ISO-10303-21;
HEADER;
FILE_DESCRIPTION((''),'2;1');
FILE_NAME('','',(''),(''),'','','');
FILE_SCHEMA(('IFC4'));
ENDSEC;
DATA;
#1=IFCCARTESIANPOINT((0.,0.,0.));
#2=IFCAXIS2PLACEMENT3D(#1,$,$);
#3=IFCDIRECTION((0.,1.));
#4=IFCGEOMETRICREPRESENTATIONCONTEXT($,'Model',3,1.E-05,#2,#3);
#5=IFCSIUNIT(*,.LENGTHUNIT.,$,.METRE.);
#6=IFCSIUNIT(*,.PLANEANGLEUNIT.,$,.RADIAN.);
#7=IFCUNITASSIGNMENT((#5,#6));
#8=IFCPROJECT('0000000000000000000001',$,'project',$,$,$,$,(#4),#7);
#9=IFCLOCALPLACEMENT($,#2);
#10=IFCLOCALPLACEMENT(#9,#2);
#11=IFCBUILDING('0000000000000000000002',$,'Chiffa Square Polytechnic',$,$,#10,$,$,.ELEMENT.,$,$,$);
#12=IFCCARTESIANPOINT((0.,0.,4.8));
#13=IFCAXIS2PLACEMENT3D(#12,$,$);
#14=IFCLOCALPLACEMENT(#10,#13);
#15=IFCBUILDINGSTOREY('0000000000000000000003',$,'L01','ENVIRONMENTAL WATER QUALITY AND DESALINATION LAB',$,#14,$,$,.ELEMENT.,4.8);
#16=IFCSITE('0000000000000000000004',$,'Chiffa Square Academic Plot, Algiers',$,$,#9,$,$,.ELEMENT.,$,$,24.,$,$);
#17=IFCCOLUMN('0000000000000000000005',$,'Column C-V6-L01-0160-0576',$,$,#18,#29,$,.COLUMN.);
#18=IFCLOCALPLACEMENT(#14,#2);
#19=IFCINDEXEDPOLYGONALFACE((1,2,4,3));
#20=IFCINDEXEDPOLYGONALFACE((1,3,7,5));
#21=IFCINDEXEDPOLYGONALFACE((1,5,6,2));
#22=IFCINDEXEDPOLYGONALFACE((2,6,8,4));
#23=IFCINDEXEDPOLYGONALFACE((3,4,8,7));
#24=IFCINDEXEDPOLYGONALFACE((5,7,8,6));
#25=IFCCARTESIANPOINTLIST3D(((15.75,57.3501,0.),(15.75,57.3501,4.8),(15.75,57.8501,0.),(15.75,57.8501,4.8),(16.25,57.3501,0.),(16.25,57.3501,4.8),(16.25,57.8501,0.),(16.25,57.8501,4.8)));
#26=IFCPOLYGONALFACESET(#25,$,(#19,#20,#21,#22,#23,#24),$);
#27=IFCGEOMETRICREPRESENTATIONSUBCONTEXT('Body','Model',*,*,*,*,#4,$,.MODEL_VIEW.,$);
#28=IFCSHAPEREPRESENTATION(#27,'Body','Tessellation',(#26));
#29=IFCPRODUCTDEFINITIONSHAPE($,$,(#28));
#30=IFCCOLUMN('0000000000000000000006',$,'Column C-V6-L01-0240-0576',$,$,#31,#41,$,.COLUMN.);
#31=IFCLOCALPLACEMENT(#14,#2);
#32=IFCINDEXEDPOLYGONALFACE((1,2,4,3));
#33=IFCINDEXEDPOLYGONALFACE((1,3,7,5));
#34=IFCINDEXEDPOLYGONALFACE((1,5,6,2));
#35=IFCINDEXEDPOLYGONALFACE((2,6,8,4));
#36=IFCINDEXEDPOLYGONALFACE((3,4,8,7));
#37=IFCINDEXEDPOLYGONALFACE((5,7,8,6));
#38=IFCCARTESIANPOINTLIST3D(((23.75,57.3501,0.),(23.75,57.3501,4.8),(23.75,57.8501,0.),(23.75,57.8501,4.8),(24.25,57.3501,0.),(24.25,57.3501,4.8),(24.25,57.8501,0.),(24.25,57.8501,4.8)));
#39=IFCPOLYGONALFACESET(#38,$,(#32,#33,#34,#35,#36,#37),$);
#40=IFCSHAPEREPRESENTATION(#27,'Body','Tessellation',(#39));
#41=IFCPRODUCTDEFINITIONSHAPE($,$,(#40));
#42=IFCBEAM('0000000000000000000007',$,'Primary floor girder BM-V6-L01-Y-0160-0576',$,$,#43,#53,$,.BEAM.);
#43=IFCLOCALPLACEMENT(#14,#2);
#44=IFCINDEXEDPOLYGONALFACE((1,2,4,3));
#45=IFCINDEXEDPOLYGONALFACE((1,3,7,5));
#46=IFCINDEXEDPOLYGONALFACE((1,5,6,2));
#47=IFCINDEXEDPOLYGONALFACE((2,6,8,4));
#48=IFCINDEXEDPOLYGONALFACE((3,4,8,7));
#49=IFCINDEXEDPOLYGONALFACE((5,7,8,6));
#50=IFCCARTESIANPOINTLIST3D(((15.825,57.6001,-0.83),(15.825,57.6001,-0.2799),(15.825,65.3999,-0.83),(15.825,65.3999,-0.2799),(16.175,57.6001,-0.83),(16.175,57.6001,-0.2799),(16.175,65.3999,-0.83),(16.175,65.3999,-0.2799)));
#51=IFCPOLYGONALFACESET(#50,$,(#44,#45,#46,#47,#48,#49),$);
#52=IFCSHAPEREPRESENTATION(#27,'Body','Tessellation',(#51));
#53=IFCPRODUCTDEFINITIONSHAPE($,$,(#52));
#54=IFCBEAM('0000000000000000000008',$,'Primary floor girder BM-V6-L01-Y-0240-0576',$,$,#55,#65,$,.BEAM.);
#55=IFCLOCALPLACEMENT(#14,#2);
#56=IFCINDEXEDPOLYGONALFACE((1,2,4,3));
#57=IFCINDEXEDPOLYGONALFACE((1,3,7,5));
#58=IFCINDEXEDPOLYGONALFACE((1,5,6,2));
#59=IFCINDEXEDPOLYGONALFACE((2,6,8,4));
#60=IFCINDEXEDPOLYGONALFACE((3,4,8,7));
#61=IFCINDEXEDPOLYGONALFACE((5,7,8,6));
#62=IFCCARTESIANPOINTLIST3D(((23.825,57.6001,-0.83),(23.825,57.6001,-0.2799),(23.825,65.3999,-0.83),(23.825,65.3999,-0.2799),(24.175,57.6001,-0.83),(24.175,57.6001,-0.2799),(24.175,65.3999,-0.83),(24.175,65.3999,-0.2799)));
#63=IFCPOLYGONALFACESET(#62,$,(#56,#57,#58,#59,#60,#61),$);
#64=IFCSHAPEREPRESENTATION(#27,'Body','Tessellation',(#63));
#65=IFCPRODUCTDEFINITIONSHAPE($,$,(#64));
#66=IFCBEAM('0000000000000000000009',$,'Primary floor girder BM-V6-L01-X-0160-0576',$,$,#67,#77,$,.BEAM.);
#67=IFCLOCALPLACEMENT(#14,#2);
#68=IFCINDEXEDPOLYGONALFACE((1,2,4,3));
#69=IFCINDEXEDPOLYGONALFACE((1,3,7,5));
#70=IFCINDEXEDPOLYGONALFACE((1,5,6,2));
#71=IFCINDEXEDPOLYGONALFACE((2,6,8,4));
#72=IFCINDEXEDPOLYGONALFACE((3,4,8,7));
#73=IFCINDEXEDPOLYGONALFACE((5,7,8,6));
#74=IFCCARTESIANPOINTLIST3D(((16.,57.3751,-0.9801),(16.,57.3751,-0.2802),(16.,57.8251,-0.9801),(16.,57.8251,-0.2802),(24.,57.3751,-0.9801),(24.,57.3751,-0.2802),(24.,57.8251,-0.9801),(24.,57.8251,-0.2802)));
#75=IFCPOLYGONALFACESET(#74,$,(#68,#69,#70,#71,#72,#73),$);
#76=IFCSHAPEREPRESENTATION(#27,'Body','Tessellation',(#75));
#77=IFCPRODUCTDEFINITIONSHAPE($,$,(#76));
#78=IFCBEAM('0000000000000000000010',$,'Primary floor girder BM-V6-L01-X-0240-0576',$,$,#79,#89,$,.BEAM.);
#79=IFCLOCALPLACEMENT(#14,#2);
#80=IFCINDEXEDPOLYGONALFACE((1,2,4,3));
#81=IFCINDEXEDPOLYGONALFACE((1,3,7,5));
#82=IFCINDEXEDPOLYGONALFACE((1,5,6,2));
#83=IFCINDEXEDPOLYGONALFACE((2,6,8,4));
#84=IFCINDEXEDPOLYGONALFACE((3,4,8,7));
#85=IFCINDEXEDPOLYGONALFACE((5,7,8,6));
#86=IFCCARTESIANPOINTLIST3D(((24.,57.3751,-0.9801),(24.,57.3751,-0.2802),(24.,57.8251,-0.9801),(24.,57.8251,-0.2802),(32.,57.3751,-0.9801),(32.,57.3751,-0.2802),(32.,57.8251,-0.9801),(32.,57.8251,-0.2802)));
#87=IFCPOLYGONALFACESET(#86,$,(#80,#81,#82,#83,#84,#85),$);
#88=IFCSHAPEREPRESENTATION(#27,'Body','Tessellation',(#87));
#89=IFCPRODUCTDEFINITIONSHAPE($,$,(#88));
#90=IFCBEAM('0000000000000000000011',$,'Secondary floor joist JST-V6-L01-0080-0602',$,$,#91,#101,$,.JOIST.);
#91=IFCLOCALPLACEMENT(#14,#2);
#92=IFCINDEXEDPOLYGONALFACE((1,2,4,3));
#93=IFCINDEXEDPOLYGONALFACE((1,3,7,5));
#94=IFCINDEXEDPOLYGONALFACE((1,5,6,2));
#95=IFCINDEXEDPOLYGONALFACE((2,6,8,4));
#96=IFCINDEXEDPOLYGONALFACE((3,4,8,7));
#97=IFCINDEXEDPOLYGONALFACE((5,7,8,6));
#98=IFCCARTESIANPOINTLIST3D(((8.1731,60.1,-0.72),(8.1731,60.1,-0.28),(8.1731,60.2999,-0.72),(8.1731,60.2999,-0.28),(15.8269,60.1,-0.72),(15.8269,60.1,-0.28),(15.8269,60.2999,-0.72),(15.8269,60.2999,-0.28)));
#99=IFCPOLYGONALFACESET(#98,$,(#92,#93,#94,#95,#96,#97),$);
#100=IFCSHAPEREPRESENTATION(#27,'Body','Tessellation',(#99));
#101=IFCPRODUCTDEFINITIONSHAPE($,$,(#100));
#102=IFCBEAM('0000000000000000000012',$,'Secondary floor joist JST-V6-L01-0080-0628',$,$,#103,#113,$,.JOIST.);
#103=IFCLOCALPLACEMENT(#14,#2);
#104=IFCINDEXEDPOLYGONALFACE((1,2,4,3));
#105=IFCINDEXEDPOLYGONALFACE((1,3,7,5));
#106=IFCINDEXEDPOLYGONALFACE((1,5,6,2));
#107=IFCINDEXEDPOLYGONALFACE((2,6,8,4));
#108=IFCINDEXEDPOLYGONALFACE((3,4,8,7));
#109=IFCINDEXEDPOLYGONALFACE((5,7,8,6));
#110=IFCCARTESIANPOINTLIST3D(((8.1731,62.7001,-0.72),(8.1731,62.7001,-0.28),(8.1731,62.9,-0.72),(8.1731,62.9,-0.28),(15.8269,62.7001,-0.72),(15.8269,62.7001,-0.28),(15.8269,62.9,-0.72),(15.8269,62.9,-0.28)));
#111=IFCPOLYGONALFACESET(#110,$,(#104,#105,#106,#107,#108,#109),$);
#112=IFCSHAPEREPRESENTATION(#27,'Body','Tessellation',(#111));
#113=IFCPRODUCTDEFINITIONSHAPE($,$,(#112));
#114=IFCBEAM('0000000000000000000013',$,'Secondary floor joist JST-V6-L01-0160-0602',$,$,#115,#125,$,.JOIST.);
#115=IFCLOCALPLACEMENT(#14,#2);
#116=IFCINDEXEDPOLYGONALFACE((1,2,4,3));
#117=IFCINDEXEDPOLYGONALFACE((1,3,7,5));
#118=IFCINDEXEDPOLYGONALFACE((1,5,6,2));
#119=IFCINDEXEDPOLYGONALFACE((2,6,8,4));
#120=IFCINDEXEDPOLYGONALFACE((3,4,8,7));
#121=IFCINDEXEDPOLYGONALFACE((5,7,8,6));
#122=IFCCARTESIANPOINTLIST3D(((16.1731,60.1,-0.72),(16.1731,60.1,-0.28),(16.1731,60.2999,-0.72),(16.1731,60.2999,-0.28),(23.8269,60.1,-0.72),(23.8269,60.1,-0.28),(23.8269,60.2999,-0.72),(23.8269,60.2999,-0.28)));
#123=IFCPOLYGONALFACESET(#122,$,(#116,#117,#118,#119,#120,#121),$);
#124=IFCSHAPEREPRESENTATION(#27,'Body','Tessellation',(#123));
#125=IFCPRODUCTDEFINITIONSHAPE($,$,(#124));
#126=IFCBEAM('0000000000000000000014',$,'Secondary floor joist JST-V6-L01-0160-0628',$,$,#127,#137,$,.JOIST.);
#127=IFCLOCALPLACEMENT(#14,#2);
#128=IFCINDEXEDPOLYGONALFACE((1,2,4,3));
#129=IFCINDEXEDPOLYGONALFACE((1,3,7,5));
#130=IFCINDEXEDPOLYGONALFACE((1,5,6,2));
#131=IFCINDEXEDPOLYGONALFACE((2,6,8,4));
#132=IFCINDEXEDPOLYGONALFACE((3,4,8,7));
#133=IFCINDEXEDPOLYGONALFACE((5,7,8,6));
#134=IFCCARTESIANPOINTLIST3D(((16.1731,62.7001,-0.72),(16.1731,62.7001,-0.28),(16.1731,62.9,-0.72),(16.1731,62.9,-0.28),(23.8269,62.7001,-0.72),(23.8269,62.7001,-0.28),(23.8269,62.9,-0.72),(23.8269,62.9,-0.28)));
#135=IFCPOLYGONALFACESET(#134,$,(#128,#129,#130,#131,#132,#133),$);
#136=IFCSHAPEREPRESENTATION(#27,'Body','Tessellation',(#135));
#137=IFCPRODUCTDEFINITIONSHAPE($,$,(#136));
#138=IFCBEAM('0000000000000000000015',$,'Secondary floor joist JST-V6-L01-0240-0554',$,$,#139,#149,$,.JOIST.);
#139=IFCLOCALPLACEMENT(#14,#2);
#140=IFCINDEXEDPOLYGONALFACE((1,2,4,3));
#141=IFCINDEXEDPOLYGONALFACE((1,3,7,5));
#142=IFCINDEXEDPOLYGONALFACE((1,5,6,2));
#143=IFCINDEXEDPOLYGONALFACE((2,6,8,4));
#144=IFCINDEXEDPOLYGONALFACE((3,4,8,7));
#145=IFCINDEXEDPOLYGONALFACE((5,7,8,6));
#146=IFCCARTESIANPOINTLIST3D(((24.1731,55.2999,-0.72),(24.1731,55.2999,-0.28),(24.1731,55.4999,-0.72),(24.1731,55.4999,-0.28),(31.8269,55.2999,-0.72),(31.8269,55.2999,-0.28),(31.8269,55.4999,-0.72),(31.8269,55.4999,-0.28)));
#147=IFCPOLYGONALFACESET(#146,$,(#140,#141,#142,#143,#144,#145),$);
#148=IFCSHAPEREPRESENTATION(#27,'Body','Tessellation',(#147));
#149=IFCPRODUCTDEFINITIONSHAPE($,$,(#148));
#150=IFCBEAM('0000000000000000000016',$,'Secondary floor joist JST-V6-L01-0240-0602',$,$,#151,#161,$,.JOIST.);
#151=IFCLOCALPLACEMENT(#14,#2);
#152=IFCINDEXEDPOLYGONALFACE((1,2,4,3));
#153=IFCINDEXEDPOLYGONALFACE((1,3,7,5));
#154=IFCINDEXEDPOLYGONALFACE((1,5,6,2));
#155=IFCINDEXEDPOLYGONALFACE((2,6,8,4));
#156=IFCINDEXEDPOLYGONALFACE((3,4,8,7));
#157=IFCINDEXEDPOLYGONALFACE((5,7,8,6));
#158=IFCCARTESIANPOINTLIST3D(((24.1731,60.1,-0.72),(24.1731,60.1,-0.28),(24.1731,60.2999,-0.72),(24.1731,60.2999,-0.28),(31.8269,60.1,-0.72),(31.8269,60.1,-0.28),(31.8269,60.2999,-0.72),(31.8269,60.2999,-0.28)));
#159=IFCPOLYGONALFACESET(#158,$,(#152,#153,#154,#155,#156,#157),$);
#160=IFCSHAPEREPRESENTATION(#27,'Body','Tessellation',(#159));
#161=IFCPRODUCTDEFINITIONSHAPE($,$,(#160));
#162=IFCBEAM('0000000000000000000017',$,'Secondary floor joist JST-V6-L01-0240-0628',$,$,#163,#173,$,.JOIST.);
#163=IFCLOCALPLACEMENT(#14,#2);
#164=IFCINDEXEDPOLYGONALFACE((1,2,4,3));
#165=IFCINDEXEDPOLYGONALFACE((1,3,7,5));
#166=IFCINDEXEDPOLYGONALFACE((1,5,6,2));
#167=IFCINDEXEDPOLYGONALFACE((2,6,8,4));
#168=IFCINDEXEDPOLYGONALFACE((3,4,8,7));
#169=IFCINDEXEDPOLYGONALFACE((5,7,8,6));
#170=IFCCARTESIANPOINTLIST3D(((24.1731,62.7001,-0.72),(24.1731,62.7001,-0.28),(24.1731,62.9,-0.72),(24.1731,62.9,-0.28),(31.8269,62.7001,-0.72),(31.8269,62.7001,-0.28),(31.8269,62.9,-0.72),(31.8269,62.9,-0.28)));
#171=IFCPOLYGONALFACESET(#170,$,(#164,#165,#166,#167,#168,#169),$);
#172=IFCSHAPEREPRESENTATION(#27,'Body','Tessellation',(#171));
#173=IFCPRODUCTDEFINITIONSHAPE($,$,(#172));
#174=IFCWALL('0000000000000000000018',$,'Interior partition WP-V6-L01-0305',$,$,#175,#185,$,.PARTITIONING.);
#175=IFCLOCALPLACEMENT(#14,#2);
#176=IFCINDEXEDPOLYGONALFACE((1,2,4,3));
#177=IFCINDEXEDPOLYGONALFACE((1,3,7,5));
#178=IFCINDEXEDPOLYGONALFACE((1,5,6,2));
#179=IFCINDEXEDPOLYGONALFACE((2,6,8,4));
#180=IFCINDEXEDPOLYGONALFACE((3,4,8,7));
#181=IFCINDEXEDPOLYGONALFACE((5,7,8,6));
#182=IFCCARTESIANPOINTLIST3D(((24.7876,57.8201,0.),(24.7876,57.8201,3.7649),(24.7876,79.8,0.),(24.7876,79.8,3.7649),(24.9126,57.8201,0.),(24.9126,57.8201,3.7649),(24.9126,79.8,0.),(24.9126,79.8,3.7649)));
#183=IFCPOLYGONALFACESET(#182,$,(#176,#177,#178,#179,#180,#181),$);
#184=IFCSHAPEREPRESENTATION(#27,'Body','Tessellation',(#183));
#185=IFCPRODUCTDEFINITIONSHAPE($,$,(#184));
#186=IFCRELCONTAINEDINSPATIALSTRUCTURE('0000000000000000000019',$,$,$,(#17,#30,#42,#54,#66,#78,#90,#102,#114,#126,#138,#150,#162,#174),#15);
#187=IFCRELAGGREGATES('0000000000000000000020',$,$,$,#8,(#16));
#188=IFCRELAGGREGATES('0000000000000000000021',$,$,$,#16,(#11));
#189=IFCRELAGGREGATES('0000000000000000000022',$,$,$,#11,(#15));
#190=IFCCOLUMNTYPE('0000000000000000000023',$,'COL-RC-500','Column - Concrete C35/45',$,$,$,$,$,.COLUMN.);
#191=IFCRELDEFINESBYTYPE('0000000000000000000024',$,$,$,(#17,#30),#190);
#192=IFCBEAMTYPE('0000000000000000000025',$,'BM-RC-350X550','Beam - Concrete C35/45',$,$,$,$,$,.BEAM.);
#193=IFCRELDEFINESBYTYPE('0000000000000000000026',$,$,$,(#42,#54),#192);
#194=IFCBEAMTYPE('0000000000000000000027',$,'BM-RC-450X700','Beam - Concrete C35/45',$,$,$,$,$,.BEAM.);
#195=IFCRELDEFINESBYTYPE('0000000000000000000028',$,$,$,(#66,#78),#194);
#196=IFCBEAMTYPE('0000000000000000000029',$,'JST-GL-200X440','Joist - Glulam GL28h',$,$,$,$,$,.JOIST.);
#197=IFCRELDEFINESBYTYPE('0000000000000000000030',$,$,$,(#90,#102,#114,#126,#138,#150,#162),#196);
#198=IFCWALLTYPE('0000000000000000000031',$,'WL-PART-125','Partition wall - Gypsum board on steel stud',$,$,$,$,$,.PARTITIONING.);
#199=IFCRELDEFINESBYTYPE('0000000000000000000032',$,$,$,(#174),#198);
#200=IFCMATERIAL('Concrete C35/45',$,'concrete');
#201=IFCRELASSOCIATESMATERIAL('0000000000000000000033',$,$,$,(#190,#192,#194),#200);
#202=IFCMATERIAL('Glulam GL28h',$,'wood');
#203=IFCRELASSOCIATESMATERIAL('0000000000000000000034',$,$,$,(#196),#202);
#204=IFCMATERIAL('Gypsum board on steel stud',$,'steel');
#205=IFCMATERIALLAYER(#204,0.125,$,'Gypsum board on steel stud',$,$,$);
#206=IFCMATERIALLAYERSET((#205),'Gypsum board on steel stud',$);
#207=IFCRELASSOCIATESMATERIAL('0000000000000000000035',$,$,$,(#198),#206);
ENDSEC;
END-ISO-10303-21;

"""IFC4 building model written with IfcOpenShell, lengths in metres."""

from ifc_helpers import new_model, si_unit, direction, frame, frame_2d, origin, origin_2d, place, context, subcontext, project, spatial, rectangle, extrude, material, layer, layer_set, material_profile, profile_set, type_object, element, save


model = new_model("IFC4")

# Units and contexts
model_context = context("Model", 3, precision=1e-05, world=origin(), true_north=direction((0.0, 1.0)))
body_context = subcontext(model_context, "Body", "Model", "MODEL_VIEW")
ifc_project = project(units=[si_unit("LENGTHUNIT", "METRE"), si_unit("PLANEANGLEUNIT", "RADIAN")], contexts=[model_context])

# Site, building, storey
site_placement = place(None, origin())
site = spatial("IfcSite", under=ifc_project, at=site_placement, Name="Chiffa Square Academic Plot, Algiers", CompositionType="ELEMENT", RefElevation=24.0)
building_placement = place(site_placement, origin())
building = spatial("IfcBuilding", under=site, at=building_placement, Name="Chiffa Square Polytechnic", CompositionType="ELEMENT")
storey_placement = place(building_placement, frame((0.0, 0.0, 4.8)))
storey = spatial("IfcBuildingStorey", under=building, at=storey_placement, Name="L01", Description="ENVIRONMENTAL WATER QUALITY AND DESALINATION LAB", CompositionType="ELEMENT", Elevation=4.8)

# Columns
ifc_material_1 = material(Name="Concrete C35/45", Category="concrete")
ifc_material_profile_1 = material_profile(ifc_material_1, rectangle(XDim=0.5, YDim=0.5, at=origin_2d()), Name="RC 500x500")
ifc_profile_set_1 = profile_set([ifc_material_profile_1], Name="Concrete C35/45")
column_type = type_object("IfcColumnType", Name="COL-RC-500", Description="Column - Concrete C35/45", PredefinedType="COLUMN", material=ifc_profile_set_1)
for number, where, z_axis, x_axis, name in (
    (1, (16.0, 57.6001, 0.0), (0.0, 0.0, 1.0), (1.0, 0.0, 0.0), "Column C-V6-L01-0160-0576"),
    (2, (24.0, 57.6001, 0.0), (0.0, 0.0, 1.0), (1.0, 0.0, 0.0), "Column C-V6-L01-0240-0576"),
):
    element("IfcColumn", number, at=place(storey_placement, frame(where, z_axis=z_axis, x_axis=x_axis)), inside=storey, type_object=column_type, Name=name, PredefinedType="COLUMN", context=body_context, shape_type="SweptSolid", body=[
        extrude(rectangle(XDim=0.5, YDim=0.5, at=origin_2d()), origin(), (0.0, 0.0, 1.0), 4.8),
    ])

# Beams
ifc_material_profile_2 = material_profile(ifc_material_1, rectangle(XDim=0.3501, YDim=0.55, at=origin_2d()), Name="RC 350x550")
ifc_profile_set_2 = profile_set([ifc_material_profile_2], Name="Concrete C35/45")
beam_type_1 = type_object("IfcBeamType", Name="BM-RC-350X550", Description="Beam - Concrete C35/45", PredefinedType="BEAM", material=ifc_profile_set_2)
for number, where, z_axis, x_axis, name in (
    (3, (16.0, 57.6001, -0.5549), (0.0, 1.0, 0.0), (-1.0, 0.0, 0.0), "Primary floor girder BM-V6-L01-Y-0160-0576"),
    (4, (24.0, 57.6001, -0.5549), (0.0, 1.0, 0.0), (-1.0, 0.0, 0.0), "Primary floor girder BM-V6-L01-Y-0240-0576"),
):
    element("IfcBeam", number, at=place(storey_placement, frame(where, z_axis=z_axis, x_axis=x_axis)), inside=storey, type_object=beam_type_1, Name=name, PredefinedType="BEAM", context=body_context, shape_type="SweptSolid", body=[
        extrude(rectangle(XDim=0.3501, YDim=0.55, at=origin_2d()), origin(), (0.0, 0.0, 1.0), 7.7998),
    ])
ifc_material_profile_3 = material_profile(ifc_material_1, rectangle(XDim=0.45, YDim=0.7, at=origin_2d()), Name="RC 450x700")
ifc_profile_set_3 = profile_set([ifc_material_profile_3], Name="Concrete C35/45")
beam_type_2 = type_object("IfcBeamType", Name="BM-RC-450X700", Description="Beam - Concrete C35/45", PredefinedType="BEAM", material=ifc_profile_set_3)
for number, where, z_axis, x_axis, name in (
    (5, (16.0, 57.6001, -0.6301), (1.0, 0.0, 0.0), (0.0, 1.0, 0.0), "Primary floor girder BM-V6-L01-X-0160-0576"),
    (6, (24.0, 57.6001, -0.6301), (1.0, 0.0, 0.0), (0.0, 1.0, 0.0), "Primary floor girder BM-V6-L01-X-0240-0576"),
):
    element("IfcBeam", number, at=place(storey_placement, frame(where, z_axis=z_axis, x_axis=x_axis)), inside=storey, type_object=beam_type_2, Name=name, PredefinedType="BEAM", context=body_context, shape_type="SweptSolid", body=[
        extrude(rectangle(XDim=0.45, YDim=0.7, at=origin_2d()), origin(), (0.0, 0.0, 1.0), 8.0),
    ])
ifc_material_2 = material(Name="Glulam GL28h", Category="wood")
ifc_material_profile_4 = material_profile(ifc_material_2, rectangle(XDim=0.2, YDim=0.4399, at=origin_2d()), Name="GL28h 200x440")
ifc_profile_set_4 = profile_set([ifc_material_profile_4], Name="Glulam GL28h")
beam_type_3 = type_object("IfcBeamType", Name="JST-GL-200X440", Description="Joist - Glulam GL28h", PredefinedType="JOIST", material=ifc_profile_set_4)
for number, where, z_axis, x_axis, name in (
    (7, (8.1731, 60.2, -0.5), (1.0, 0.0, 0.0), (0.0, 1.0, 0.0), "Secondary floor joist JST-V6-L01-0080-0602"),
    (8, (8.1731, 62.8, -0.5), (1.0, 0.0, 0.0), (0.0, 1.0, 0.0), "Secondary floor joist JST-V6-L01-0080-0628"),
    (9, (16.1731, 60.2, -0.5), (1.0, 0.0, 0.0), (0.0, 1.0, 0.0), "Secondary floor joist JST-V6-L01-0160-0602"),
    (10, (16.1731, 62.8, -0.5), (1.0, 0.0, 0.0), (0.0, 1.0, 0.0), "Secondary floor joist JST-V6-L01-0160-0628"),
    (11, (24.1731, 55.3999, -0.5), (1.0, 0.0, 0.0), (0.0, 1.0, 0.0), "Secondary floor joist JST-V6-L01-0240-0554"),
    (12, (24.1731, 60.2, -0.5), (1.0, 0.0, 0.0), (0.0, 1.0, 0.0), "Secondary floor joist JST-V6-L01-0240-0602"),
    (13, (24.1731, 62.8, -0.5), (1.0, 0.0, 0.0), (0.0, 1.0, 0.0), "Secondary floor joist JST-V6-L01-0240-0628"),
):
    element("IfcBeam", number, at=place(storey_placement, frame(where, z_axis=z_axis, x_axis=x_axis)), inside=storey, type_object=beam_type_3, Name=name, PredefinedType="JOIST", context=body_context, shape_type="SweptSolid", body=[
        extrude(rectangle(XDim=0.2, YDim=0.4399, at=origin_2d()), origin(), (0.0, 0.0, 1.0), 7.6538),
    ])

# Wall
ifc_material_3 = material(Name="Gypsum board on steel stud", Category="steel")
ifc_layer_1 = layer(ifc_material_3, 0.125, Name="Gypsum board on steel stud")
ifc_layer_set_1 = layer_set([ifc_layer_1], Name="Gypsum board on steel stud")
wall_type_1 = type_object("IfcWallType", Name="WL-PART-125", Description="Partition wall - Gypsum board on steel stud", PredefinedType="PARTITIONING", material=ifc_layer_set_1)
wall_1_placement = place(storey_placement, frame((24.8501, 57.8201, 0.0), z_axis=(0.0, 0.0, 1.0), x_axis=(0.0, 1.0, 0.0)))
element("IfcWall", 14, at=wall_1_placement, inside=storey, type_object=wall_type_1, Name="Interior partition WP-V6-L01-0305", PredefinedType="PARTITIONING", context=body_context, shape_type="SweptSolid", body=[
    extrude(rectangle(XDim=21.98, YDim=0.125, at=frame_2d((10.99, 0.0))), origin(), (0.0, 0.0, 1.0), 3.7649),
])

save(model, "model.ifc")
